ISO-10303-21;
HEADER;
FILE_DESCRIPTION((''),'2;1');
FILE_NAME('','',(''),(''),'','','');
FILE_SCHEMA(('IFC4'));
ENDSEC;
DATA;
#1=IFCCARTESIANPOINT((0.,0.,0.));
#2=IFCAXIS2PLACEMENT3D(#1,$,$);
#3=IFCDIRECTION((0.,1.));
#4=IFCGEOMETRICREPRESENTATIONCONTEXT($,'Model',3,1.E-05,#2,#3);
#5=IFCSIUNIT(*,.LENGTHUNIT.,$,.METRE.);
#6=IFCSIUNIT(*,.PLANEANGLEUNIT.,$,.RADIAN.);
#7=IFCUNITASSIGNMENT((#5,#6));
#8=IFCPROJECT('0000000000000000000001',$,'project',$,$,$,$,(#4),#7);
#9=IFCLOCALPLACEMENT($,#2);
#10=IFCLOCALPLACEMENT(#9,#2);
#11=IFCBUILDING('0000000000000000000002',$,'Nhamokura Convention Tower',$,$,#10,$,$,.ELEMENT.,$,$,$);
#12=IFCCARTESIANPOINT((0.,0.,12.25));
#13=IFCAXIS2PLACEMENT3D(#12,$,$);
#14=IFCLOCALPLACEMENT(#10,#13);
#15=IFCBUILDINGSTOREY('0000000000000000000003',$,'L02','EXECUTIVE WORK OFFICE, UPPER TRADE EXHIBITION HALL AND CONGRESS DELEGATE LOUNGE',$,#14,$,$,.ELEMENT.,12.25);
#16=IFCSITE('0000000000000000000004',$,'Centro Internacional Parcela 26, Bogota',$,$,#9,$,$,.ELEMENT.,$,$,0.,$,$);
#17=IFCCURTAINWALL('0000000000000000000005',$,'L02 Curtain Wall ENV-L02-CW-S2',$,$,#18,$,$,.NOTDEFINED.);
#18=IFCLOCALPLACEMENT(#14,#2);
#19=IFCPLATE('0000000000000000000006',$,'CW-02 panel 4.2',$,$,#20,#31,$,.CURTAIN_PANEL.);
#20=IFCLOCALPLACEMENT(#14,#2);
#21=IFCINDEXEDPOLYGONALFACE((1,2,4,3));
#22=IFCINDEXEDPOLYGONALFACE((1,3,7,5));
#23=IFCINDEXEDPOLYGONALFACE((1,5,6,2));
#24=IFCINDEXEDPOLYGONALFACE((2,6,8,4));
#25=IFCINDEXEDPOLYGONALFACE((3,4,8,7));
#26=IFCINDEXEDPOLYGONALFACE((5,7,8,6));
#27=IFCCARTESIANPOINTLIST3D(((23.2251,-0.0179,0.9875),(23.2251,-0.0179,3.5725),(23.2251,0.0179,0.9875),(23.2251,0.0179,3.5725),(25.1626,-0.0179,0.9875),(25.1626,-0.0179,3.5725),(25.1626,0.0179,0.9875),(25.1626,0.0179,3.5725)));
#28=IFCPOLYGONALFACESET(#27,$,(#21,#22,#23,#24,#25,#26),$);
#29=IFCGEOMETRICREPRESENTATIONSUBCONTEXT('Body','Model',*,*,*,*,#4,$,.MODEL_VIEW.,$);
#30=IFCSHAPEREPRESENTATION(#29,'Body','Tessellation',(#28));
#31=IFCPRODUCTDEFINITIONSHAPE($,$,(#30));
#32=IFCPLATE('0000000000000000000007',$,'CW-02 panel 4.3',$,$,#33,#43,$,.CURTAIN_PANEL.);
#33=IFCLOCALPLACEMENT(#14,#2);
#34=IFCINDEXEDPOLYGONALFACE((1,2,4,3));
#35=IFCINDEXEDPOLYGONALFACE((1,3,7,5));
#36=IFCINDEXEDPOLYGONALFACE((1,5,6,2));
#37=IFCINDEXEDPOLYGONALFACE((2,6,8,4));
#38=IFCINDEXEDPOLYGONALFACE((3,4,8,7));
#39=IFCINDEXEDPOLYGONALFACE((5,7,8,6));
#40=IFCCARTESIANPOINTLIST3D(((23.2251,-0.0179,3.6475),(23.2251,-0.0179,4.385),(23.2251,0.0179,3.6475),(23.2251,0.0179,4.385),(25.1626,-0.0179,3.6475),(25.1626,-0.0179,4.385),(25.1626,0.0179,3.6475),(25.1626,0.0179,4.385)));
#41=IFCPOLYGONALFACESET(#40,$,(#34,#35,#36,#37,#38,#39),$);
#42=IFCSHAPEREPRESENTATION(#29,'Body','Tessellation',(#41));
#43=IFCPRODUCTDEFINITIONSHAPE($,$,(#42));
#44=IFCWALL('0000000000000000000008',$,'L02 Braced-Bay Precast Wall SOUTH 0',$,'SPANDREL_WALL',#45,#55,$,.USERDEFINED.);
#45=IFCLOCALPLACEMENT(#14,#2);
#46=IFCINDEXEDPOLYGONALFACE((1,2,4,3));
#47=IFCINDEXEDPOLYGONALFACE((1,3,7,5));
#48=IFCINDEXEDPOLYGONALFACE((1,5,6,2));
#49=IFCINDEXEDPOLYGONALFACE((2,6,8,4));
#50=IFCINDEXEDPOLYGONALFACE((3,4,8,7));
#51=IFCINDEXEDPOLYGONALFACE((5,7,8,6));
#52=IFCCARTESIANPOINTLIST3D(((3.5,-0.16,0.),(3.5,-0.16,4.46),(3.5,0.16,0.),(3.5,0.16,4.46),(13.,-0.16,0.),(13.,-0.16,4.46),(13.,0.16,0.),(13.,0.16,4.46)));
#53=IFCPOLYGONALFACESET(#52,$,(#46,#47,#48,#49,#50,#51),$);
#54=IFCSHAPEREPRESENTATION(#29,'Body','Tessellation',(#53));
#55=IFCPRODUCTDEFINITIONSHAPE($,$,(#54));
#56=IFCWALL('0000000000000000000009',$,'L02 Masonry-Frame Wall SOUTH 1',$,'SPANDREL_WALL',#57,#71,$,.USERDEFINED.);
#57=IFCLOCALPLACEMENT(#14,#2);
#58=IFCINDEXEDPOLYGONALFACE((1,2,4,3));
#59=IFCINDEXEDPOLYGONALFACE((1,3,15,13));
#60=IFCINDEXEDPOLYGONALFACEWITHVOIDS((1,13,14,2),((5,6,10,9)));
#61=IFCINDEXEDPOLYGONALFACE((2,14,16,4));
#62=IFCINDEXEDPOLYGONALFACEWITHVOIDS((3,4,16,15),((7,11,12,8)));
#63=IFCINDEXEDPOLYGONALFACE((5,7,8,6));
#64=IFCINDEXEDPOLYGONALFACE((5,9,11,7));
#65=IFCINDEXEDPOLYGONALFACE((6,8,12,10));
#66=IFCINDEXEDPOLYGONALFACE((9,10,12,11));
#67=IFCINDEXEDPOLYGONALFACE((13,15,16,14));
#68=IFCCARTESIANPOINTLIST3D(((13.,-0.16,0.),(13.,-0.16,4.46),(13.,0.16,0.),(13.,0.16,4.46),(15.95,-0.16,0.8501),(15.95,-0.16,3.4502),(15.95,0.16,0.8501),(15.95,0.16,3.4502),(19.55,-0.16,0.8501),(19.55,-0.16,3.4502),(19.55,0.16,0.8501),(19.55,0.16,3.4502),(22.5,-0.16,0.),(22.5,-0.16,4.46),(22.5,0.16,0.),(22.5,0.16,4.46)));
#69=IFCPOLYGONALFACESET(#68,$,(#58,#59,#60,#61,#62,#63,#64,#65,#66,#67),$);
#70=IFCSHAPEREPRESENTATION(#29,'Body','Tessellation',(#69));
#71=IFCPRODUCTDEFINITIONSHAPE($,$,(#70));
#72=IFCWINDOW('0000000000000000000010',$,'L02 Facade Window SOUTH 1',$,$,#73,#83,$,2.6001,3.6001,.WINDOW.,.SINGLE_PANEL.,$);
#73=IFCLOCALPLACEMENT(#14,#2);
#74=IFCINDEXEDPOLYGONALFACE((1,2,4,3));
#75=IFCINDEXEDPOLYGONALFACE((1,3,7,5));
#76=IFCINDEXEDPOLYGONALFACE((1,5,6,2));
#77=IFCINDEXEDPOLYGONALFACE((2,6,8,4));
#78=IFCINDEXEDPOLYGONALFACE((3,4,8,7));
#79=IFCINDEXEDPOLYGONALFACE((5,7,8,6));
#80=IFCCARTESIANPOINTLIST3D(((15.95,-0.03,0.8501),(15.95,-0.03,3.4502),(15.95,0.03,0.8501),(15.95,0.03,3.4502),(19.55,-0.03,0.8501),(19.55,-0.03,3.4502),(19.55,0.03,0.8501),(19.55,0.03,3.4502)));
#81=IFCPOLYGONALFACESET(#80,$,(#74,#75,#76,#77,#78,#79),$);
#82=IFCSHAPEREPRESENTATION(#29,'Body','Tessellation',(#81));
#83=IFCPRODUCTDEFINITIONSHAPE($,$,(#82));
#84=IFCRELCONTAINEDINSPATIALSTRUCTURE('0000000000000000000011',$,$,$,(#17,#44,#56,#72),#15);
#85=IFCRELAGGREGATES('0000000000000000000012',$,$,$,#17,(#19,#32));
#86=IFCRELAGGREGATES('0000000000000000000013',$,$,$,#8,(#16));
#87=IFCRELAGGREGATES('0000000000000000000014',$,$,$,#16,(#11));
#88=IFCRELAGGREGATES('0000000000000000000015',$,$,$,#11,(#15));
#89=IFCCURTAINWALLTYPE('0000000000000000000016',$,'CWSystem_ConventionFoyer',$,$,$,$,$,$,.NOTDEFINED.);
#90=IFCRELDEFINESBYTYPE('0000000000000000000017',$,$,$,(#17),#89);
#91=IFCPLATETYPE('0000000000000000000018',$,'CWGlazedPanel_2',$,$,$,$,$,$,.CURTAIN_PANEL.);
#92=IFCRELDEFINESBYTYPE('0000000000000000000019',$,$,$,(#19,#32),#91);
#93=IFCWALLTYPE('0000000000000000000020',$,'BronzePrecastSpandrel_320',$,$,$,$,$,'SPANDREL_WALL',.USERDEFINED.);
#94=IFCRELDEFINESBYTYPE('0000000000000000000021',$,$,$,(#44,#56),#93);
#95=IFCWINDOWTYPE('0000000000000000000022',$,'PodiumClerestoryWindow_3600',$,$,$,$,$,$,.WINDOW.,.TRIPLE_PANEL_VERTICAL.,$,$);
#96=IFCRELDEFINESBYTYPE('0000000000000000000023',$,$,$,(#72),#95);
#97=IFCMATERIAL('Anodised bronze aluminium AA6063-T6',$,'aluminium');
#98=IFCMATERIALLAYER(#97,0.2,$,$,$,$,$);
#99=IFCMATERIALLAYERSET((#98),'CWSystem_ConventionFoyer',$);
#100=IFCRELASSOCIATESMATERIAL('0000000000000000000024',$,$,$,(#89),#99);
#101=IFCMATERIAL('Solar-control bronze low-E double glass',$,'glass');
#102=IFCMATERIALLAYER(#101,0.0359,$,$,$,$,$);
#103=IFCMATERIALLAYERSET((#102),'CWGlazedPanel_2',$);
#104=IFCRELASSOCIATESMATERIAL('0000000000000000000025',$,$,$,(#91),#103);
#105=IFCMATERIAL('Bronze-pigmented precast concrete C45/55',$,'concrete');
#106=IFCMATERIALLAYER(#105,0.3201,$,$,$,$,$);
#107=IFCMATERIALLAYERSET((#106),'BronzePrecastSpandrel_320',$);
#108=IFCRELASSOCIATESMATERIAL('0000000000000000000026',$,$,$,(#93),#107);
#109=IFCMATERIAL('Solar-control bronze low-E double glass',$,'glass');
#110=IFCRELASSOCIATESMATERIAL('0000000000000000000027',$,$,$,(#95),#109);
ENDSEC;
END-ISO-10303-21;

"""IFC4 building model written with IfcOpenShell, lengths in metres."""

from ifc_helpers import new_model, si_unit, direction, frame, frame_2d, origin, origin_2d, place, context, subcontext, project, spatial, rectangle, extrude, material, layer, layer_set, type_object, element, fill, aggregate, save


model = new_model("IFC4")

# Units and contexts
model_context = context("Model", 3, precision=1e-05, world=origin(), true_north=direction((0.0, 1.0)))
body_context = subcontext(model_context, "Body", "Model", "MODEL_VIEW")
ifc_project = project(units=[si_unit("LENGTHUNIT", "METRE"), si_unit("PLANEANGLEUNIT", "RADIAN")], contexts=[model_context])

# Site, building, storey
site_placement = place(None, origin())
site = spatial("IfcSite", under=ifc_project, at=site_placement, Name="Centro Internacional Parcela 26, Bogota", CompositionType="ELEMENT", RefElevation=0.0)
building_placement = place(site_placement, origin())
building = spatial("IfcBuilding", under=site, at=building_placement, Name="Nhamokura Convention Tower", CompositionType="ELEMENT")
storey_placement = place(building_placement, frame((0.0, 0.0, 12.25)))
storey = spatial("IfcBuildingStorey", under=building, at=storey_placement, Name="L02", Description="EXECUTIVE WORK OFFICE, UPPER TRADE EXHIBITION HALL AND CONGRESS DELEGATE LOUNGE", CompositionType="ELEMENT", Elevation=12.25)

# Curtain wall
ifc_material_1 = material(Name="Anodised bronze aluminium AA6063-T6", Category="aluminium")
ifc_layer_1 = layer(ifc_material_1, 0.2)
ifc_layer_set_1 = layer_set([ifc_layer_1], Name="CWSystem_ConventionFoyer")
curtain_wall_type = type_object("IfcCurtainWallType", Name="CWSystem_ConventionFoyer", PredefinedType="NOTDEFINED", material=ifc_layer_set_1)
curtain_wall_placement = place(storey_placement, origin())
curtain_wall = element("IfcCurtainWall", 1, at=curtain_wall_placement, inside=storey, type_object=curtain_wall_type, Name="L02 Curtain Wall ENV-L02-CW-S2", PredefinedType="NOTDEFINED")

# Plates
ifc_material_2 = material(Name="Solar-control bronze low-E double glass", Category="glass")
ifc_layer_2 = layer(ifc_material_2, 0.0359)
ifc_layer_set_2 = layer_set([ifc_layer_2], Name="CWGlazedPanel_2")
plate_type = type_object("IfcPlateType", Name="CWGlazedPanel_2", PredefinedType="CURTAIN_PANEL", material=ifc_layer_set_2)
plate_1_placement = place(storey_placement, frame((24.1938, 0.0, 0.9875), z_axis=(0.0, 0.0, 1.0), x_axis=(-1.0, 0.0, 0.0)))
plate_1 = element("IfcPlate", 2, at=plate_1_placement, type_object=plate_type, Name="CW-02 panel 4.2", PredefinedType="CURTAIN_PANEL", context=body_context, shape_type="SweptSolid", body=[
    extrude(rectangle(XDim=1.9375, YDim=0.0359, at=origin_2d()), origin(), (0.0, 0.0, 1.0), 2.585),
])
plate_2_placement = place(storey_placement, frame((24.1938, 0.0, 3.6475), z_axis=(0.0, 0.0, 1.0), x_axis=(-1.0, 0.0, 0.0)))
plate_2 = element("IfcPlate", 3, at=plate_2_placement, type_object=plate_type, Name="CW-02 panel 4.3", PredefinedType="CURTAIN_PANEL", context=body_context, shape_type="SweptSolid", body=[
    extrude(rectangle(XDim=1.9375, YDim=0.0359, at=origin_2d()), origin(), (0.0, 0.0, 1.0), 0.7375),
])
aggregate(curtain_wall, [plate_1, plate_2])

# Wall
ifc_material_3 = material(Name="Bronze-pigmented precast concrete C45/55", Category="concrete")
ifc_layer_3 = layer(ifc_material_3, 0.3201)
ifc_layer_set_3 = layer_set([ifc_layer_3], Name="BronzePrecastSpandrel_320")
wall_type = type_object("IfcWallType", Name="BronzePrecastSpandrel_320", ElementType="SPANDREL_WALL", PredefinedType="USERDEFINED", material=ifc_layer_set_3)
wall_1_placement = place(storey_placement, frame((13.0, 0.0, 0.0), z_axis=(0.0, 0.0, 1.0), x_axis=(-1.0, 0.0, 0.0)))
element("IfcWall", 4, at=wall_1_placement, inside=storey, type_object=wall_type, Name="L02 Braced-Bay Precast Wall SOUTH 0", ObjectType="SPANDREL_WALL", PredefinedType="USERDEFINED", context=body_context, shape_type="SweptSolid", body=[
    extrude(rectangle(XDim=9.5, YDim=0.3201, at=frame_2d((4.75, 0.0))), origin(), (0.0, 0.0, 1.0), 4.46),
])

# Wall, opening, window
wall_2_placement = place(storey_placement, frame((22.5, 0.0, 0.0), z_axis=(0.0, 0.0, 1.0), x_axis=(-1.0, 0.0, 0.0)))
wall_2 = element("IfcWall", 5, at=wall_2_placement, inside=storey, type_object=wall_type, Name="L02 Masonry-Frame Wall SOUTH 1", ObjectType="SPANDREL_WALL", PredefinedType="USERDEFINED", context=body_context, shape_type="SweptSolid", body=[
    extrude(rectangle(XDim=9.5, YDim=0.3201, at=frame_2d((4.75, 0.0))), origin(), (0.0, 0.0, 1.0), 4.46),
])
opening_placement = place(wall_2_placement, frame((2.95, 0.0, 0.8501)))
opening = element("IfcOpeningElement", 6, at=opening_placement, cuts=wall_2, PredefinedType="OPENING", context=body_context, shape_type="SweptSolid", body=[
    extrude(rectangle(XDim=3.6001, YDim=2.6001, at=frame_2d((1.8, 1.3))), frame((0.0, 0.1699, 0.0), z_axis=(0.0, -1.0, 0.0), x_axis=(1.0, 0.0, 0.0)), (0.0, 0.0, 1.0), 0.3401),
])
ifc_material_4 = material(Name="Solar-control bronze low-E double glass", Category="glass")
window_type = type_object("IfcWindowType", Name="PodiumClerestoryWindow_3600", PartitioningType="TRIPLE_PANEL_VERTICAL", PredefinedType="WINDOW", material=ifc_material_4)
window_placement = place(opening_placement, origin())
window = element("IfcWindow", 7, at=window_placement, inside=storey, type_object=window_type, Name="L02 Facade Window SOUTH 1", OverallHeight=2.6001, OverallWidth=3.6001, PartitioningType="SINGLE_PANEL", PredefinedType="WINDOW", context=body_context, shape_type="SweptSolid", body=[
    extrude(rectangle(XDim=3.6001, YDim=2.6001, at=frame_2d((1.8, 1.3))), frame((0.0, 0.03, 0.0), z_axis=(0.0, -1.0, 0.0), x_axis=(1.0, 0.0, 0.0)), (0.0, 0.0, 1.0), 0.0601),
])
fill(opening, window)

save(model, "model.ifc")
